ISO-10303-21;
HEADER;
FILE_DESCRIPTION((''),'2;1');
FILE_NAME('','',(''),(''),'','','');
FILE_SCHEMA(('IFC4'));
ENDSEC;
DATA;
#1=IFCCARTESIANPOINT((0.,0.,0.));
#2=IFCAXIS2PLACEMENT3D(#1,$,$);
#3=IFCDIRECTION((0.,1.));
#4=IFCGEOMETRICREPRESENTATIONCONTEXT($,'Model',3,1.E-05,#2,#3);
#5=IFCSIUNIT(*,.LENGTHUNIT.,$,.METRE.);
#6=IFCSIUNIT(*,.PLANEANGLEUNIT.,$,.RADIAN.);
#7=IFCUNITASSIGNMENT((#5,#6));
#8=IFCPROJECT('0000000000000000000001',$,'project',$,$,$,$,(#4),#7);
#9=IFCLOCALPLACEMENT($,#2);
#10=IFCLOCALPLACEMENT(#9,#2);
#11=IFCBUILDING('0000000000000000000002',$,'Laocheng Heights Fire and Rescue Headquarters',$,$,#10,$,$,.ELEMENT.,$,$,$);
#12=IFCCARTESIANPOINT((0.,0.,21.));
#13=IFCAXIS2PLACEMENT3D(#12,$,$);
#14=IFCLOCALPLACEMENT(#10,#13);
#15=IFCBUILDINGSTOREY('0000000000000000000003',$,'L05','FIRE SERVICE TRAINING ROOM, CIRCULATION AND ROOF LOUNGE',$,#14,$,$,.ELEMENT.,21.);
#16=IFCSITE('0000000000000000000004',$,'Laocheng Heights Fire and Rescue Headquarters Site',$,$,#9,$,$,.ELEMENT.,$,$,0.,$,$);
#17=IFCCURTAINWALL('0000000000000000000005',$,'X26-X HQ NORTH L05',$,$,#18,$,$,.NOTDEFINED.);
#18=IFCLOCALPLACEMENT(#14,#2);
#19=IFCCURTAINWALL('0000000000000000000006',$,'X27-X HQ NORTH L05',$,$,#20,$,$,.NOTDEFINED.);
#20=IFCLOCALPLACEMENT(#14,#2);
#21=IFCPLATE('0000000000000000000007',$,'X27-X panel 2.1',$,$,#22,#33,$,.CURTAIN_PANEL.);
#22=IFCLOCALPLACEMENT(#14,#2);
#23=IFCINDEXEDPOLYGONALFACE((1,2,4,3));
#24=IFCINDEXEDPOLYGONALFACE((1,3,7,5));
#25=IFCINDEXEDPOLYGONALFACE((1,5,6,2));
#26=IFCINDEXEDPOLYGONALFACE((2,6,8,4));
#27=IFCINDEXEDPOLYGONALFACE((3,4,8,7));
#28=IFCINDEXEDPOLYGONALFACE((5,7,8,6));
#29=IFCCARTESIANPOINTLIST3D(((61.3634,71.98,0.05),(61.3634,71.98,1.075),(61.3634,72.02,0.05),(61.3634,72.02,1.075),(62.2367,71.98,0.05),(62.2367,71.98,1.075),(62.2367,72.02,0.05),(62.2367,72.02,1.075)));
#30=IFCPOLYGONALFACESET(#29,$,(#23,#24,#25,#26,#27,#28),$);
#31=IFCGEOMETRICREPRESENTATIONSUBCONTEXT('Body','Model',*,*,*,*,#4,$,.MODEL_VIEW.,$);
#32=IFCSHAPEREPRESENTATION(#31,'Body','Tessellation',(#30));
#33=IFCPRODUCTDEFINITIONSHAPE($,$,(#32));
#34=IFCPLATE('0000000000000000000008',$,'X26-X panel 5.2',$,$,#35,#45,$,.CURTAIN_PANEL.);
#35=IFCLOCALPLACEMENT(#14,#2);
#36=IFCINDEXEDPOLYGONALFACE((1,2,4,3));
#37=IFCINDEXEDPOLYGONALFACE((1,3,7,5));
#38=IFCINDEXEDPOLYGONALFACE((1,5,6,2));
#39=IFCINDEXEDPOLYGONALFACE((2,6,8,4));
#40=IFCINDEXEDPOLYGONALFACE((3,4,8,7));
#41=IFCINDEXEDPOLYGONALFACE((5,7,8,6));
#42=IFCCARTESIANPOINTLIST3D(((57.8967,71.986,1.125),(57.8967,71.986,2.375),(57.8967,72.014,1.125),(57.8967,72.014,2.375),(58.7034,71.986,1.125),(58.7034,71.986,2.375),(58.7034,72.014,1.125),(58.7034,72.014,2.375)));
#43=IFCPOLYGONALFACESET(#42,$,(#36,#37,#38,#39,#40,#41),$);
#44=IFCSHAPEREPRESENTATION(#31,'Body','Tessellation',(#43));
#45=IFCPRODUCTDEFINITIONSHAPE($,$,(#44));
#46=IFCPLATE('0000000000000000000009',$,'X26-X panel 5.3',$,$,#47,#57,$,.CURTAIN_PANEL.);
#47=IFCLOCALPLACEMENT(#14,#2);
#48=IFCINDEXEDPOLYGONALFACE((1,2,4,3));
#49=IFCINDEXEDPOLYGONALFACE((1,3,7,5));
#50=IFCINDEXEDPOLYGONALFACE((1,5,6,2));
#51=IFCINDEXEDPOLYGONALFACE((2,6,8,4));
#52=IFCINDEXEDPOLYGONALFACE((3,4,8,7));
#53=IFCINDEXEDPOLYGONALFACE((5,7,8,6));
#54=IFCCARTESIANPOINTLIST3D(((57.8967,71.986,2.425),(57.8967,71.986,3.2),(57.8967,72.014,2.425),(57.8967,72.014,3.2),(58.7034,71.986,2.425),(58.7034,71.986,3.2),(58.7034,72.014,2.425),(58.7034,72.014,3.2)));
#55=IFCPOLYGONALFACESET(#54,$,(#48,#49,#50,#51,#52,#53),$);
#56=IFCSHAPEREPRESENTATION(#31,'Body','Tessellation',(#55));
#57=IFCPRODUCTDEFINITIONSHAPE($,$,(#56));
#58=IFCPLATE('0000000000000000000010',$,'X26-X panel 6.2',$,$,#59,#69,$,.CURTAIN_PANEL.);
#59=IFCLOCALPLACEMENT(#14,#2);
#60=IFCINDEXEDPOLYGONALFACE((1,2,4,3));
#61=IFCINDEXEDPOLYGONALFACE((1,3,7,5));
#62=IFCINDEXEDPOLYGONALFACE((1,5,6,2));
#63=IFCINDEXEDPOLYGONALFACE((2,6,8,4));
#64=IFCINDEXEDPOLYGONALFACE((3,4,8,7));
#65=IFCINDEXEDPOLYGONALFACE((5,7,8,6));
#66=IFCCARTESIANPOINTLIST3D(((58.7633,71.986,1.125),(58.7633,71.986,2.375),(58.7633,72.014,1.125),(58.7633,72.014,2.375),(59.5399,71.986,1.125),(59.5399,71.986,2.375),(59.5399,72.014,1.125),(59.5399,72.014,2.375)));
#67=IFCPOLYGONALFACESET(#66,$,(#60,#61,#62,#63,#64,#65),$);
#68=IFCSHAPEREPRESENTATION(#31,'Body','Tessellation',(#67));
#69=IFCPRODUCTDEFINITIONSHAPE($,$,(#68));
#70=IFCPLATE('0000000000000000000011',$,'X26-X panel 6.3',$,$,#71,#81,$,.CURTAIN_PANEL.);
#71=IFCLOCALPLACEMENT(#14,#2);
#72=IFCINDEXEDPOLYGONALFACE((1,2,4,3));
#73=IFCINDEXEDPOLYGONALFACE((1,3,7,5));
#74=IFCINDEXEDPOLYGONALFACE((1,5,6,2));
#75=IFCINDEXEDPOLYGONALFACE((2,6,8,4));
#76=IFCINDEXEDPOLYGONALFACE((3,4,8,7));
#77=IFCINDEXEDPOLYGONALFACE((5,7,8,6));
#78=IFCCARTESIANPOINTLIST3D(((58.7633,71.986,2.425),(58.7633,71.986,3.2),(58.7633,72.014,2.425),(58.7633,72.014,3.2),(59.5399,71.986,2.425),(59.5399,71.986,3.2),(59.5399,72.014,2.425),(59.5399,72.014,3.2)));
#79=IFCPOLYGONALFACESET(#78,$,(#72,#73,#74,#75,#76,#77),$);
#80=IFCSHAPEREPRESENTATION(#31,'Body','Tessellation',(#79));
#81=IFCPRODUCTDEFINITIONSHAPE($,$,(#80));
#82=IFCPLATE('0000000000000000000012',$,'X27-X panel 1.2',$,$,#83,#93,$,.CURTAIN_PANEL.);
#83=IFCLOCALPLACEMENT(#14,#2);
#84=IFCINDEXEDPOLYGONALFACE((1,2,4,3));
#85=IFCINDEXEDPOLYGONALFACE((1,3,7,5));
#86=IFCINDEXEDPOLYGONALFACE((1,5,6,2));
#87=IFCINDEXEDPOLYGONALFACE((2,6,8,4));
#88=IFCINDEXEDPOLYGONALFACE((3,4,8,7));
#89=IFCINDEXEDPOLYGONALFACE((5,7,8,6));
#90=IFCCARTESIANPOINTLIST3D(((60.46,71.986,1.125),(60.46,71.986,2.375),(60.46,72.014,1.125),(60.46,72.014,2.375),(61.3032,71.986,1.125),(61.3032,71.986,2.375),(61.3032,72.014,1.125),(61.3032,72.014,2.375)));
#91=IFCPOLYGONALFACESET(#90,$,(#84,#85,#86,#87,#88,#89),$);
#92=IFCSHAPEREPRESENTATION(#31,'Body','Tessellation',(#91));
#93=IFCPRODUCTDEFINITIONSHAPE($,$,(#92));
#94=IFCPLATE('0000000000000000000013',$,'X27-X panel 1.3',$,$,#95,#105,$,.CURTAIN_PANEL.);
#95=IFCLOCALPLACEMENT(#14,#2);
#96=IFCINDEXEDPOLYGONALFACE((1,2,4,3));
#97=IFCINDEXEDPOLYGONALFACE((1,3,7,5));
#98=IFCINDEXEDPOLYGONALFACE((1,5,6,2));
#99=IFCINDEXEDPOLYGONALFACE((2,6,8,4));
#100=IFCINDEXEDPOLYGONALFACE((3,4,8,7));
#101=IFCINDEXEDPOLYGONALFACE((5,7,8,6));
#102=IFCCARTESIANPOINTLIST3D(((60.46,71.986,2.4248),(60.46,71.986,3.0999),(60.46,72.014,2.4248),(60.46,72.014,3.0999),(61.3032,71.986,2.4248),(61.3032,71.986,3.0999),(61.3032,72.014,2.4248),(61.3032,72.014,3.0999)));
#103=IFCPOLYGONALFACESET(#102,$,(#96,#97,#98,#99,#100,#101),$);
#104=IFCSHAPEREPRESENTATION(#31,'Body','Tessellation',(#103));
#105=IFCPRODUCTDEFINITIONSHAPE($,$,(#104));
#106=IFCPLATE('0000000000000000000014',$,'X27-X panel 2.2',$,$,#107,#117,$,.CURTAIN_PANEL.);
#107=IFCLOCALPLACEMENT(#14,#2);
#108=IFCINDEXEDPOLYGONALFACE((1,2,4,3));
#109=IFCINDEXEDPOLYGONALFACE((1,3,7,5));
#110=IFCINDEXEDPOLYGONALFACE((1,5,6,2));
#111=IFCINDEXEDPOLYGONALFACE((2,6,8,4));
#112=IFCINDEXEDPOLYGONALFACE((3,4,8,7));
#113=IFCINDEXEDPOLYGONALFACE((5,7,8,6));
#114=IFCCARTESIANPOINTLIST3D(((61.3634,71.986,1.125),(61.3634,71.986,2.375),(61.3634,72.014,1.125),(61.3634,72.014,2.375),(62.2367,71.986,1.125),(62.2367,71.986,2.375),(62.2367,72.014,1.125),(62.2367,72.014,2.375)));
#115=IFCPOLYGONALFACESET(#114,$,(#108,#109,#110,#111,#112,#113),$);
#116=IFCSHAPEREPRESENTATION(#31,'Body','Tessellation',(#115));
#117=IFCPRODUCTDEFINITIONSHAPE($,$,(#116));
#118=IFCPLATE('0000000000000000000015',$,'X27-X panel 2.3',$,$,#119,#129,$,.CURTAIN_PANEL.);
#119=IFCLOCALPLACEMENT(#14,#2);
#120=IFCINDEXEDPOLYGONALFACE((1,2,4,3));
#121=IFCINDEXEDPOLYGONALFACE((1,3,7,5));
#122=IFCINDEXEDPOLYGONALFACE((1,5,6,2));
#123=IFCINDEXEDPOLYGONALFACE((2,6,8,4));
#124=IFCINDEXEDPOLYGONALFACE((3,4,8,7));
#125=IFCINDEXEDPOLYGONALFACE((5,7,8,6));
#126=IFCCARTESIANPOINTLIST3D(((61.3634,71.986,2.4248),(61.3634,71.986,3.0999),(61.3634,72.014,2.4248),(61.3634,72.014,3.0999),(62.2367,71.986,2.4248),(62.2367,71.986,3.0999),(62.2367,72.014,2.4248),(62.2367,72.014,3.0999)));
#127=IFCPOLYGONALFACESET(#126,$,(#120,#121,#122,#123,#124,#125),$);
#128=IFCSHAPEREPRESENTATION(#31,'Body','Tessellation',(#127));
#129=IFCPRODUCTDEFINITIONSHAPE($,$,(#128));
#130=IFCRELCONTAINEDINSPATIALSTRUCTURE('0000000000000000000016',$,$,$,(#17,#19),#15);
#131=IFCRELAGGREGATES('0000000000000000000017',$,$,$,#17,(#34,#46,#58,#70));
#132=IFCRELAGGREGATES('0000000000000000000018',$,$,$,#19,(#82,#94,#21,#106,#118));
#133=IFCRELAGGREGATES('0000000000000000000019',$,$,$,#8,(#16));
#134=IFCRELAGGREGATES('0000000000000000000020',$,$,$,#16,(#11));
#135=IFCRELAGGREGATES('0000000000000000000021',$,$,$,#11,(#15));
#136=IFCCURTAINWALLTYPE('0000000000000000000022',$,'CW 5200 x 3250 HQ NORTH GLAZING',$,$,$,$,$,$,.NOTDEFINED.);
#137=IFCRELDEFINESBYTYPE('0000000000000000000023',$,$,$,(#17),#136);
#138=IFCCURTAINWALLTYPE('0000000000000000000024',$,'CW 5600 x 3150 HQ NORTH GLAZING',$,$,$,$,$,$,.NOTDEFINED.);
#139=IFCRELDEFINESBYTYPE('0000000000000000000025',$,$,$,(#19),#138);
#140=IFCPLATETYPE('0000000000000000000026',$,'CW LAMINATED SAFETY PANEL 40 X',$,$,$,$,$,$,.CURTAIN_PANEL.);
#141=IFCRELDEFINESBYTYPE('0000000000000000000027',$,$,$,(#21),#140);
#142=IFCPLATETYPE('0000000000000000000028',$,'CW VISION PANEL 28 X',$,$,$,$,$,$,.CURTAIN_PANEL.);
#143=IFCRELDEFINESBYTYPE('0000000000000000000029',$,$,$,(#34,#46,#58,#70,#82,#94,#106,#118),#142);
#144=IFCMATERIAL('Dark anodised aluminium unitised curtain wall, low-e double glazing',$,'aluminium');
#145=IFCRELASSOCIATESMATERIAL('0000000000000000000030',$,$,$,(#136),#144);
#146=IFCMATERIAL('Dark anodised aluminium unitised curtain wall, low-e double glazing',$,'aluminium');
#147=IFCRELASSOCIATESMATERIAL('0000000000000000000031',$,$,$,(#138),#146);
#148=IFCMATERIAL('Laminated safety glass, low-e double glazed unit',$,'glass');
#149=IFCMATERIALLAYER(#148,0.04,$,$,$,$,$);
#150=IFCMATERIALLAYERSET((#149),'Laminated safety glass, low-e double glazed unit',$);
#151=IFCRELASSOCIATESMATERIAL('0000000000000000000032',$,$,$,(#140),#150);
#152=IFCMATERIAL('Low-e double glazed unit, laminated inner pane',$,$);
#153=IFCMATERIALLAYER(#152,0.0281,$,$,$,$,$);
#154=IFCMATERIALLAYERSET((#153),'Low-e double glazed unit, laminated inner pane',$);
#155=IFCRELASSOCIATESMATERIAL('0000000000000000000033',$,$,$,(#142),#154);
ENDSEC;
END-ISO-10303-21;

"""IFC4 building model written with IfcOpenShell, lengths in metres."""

from ifc_helpers import new_model, si_unit, direction, frame, origin, origin_2d, place, context, subcontext, project, spatial, rectangle, extrude, material, layer, layer_set, type_object, element, aggregate, save


model = new_model("IFC4")

# Units and contexts
model_context = context("Model", 3, precision=1e-05, world=origin(), true_north=direction((0.0, 1.0)))
body_context = subcontext(model_context, "Body", "Model", "MODEL_VIEW")
ifc_project = project(units=[si_unit("LENGTHUNIT", "METRE"), si_unit("PLANEANGLEUNIT", "RADIAN")], contexts=[model_context])

# Site, building, storey
site_placement = place(None, origin())
site = spatial("IfcSite", under=ifc_project, at=site_placement, Name="Laocheng Heights Fire and Rescue Headquarters Site", CompositionType="ELEMENT", RefElevation=0.0)
building_placement = place(site_placement, origin())
building = spatial("IfcBuilding", under=site, at=building_placement, Name="Laocheng Heights Fire and Rescue Headquarters", CompositionType="ELEMENT")
storey_placement = place(building_placement, frame((0.0, 0.0, 21.0)))
storey = spatial("IfcBuildingStorey", under=building, at=storey_placement, Name="L05", Description="FIRE SERVICE TRAINING ROOM, CIRCULATION AND ROOF LOUNGE", CompositionType="ELEMENT", Elevation=21.0)

# Curtain walls
ifc_material_1 = material(Name="Dark anodised aluminium unitised curtain wall, low-e double glazing", Category="aluminium")
curtain_wall_type_1 = type_object("IfcCurtainWallType", Name="CW 5200 x 3250 HQ NORTH GLAZING", PredefinedType="NOTDEFINED", material=ifc_material_1)
curtain_wall_1_placement = place(storey_placement, origin())
curtain_wall_1 = element("IfcCurtainWall", 1, at=curtain_wall_1_placement, inside=storey, type_object=curtain_wall_type_1, Name="X26-X HQ NORTH L05", PredefinedType="NOTDEFINED")
ifc_material_2 = material(Name="Dark anodised aluminium unitised curtain wall, low-e double glazing", Category="aluminium")
curtain_wall_type_2 = type_object("IfcCurtainWallType", Name="CW 5600 x 3150 HQ NORTH GLAZING", PredefinedType="NOTDEFINED", material=ifc_material_2)
curtain_wall_2_placement = place(storey_placement, origin())
curtain_wall_2 = element("IfcCurtainWall", 2, at=curtain_wall_2_placement, inside=storey, type_object=curtain_wall_type_2, Name="X27-X HQ NORTH L05", PredefinedType="NOTDEFINED")

# Plates
ifc_material_3 = material(Name="Laminated safety glass, low-e double glazed unit", Category="glass")
ifc_layer_1 = layer(ifc_material_3, 0.04)
ifc_layer_set_1 = layer_set([ifc_layer_1], Name="Laminated safety glass, low-e double glazed unit")
plate_type_1 = type_object("IfcPlateType", Name="CW LAMINATED SAFETY PANEL 40 X", PredefinedType="CURTAIN_PANEL", material=ifc_layer_set_1)
plate_1_placement = place(storey_placement, frame((61.8, 72.0, 0.05), z_axis=(0.0, 0.0, 1.0), x_axis=(1.0, 0.0, 0.0)))
plate_1 = element("IfcPlate", 3, at=plate_1_placement, type_object=plate_type_1, Name="X27-X panel 2.1", PredefinedType="CURTAIN_PANEL", context=body_context, shape_type="SweptSolid", body=[
    extrude(rectangle(XDim=0.8733, YDim=0.04, at=origin_2d()), origin(), (0.0, 0.0, 1.0), 1.0249),
])
ifc_material_4 = material(Name="Low-e double glazed unit, laminated inner pane")
ifc_layer_2 = layer(ifc_material_4, 0.0281)
ifc_layer_set_2 = layer_set([ifc_layer_2], Name="Low-e double glazed unit, laminated inner pane")
plate_type_2 = type_object("IfcPlateType", Name="CW VISION PANEL 28 X", PredefinedType="CURTAIN_PANEL", material=ifc_layer_set_2)
plate_2_placement = place(storey_placement, frame((58.3, 72.0, 1.125), z_axis=(0.0, 0.0, 1.0), x_axis=(1.0, 0.0, 0.0)))
plate_2 = element("IfcPlate", 4, at=plate_2_placement, type_object=plate_type_2, Name="X26-X panel 5.2", PredefinedType="CURTAIN_PANEL", context=body_context, shape_type="SweptSolid", body=[
    extrude(rectangle(XDim=0.8066, YDim=0.0281, at=origin_2d()), origin(), (0.0, 0.0, 1.0), 1.25),
])
plate_3_placement = place(storey_placement, frame((58.3, 72.0, 2.425), z_axis=(0.0, 0.0, 1.0), x_axis=(1.0, 0.0, 0.0)))
plate_3 = element("IfcPlate", 5, at=plate_3_placement, type_object=plate_type_2, Name="X26-X panel 5.3", PredefinedType="CURTAIN_PANEL", context=body_context, shape_type="SweptSolid", body=[
    extrude(rectangle(XDim=0.8066, YDim=0.0281, at=origin_2d()), origin(), (0.0, 0.0, 1.0), 0.7749),
])
plate_4_placement = place(storey_placement, frame((59.1516, 72.0, 1.125), z_axis=(0.0, 0.0, 1.0), x_axis=(1.0, 0.0, 0.0)))
plate_4 = element("IfcPlate", 6, at=plate_4_placement, type_object=plate_type_2, Name="X26-X panel 6.2", PredefinedType="CURTAIN_PANEL", context=body_context, shape_type="SweptSolid", body=[
    extrude(rectangle(XDim=0.7766, YDim=0.0281, at=origin_2d()), origin(), (0.0, 0.0, 1.0), 1.25),
])
plate_5_placement = place(storey_placement, frame((59.1516, 72.0, 2.425), z_axis=(0.0, 0.0, 1.0), x_axis=(1.0, 0.0, 0.0)))
plate_5 = element("IfcPlate", 7, at=plate_5_placement, type_object=plate_type_2, Name="X26-X panel 6.3", PredefinedType="CURTAIN_PANEL", context=body_context, shape_type="SweptSolid", body=[
    extrude(rectangle(XDim=0.7766, YDim=0.0281, at=origin_2d()), origin(), (0.0, 0.0, 1.0), 0.7749),
])
aggregate(curtain_wall_1, [plate_2, plate_3, plate_4, plate_5])
plate_6_placement = place(storey_placement, frame((60.8816, 72.0, 1.125), z_axis=(0.0, 0.0, 1.0), x_axis=(1.0, 0.0, 0.0)))
plate_6 = element("IfcPlate", 8, at=plate_6_placement, type_object=plate_type_2, Name="X27-X panel 1.2", PredefinedType="CURTAIN_PANEL", context=body_context, shape_type="SweptSolid", body=[
    extrude(rectangle(XDim=0.8433, YDim=0.0281, at=origin_2d()), origin(), (0.0, 0.0, 1.0), 1.25),
])
plate_7_placement = place(storey_placement, frame((60.8816, 72.0, 2.4248), z_axis=(0.0, 0.0, 1.0), x_axis=(1.0, 0.0, 0.0)))
plate_7 = element("IfcPlate", 9, at=plate_7_placement, type_object=plate_type_2, Name="X27-X panel 1.3", PredefinedType="CURTAIN_PANEL", context=body_context, shape_type="SweptSolid", body=[
    extrude(rectangle(XDim=0.8433, YDim=0.0281, at=origin_2d()), origin(), (0.0, 0.0, 1.0), 0.675),
])
plate_8_placement = place(storey_placement, frame((61.8, 72.0, 1.125), z_axis=(0.0, 0.0, 1.0), x_axis=(1.0, 0.0, 0.0)))
plate_8 = element("IfcPlate", 10, at=plate_8_placement, type_object=plate_type_2, Name="X27-X panel 2.2", PredefinedType="CURTAIN_PANEL", context=body_context, shape_type="SweptSolid", body=[
    extrude(rectangle(XDim=0.8733, YDim=0.0281, at=origin_2d()), origin(), (0.0, 0.0, 1.0), 1.25),
])
plate_9_placement = place(storey_placement, frame((61.8, 72.0, 2.4248), z_axis=(0.0, 0.0, 1.0), x_axis=(1.0, 0.0, 0.0)))
plate_9 = element("IfcPlate", 11, at=plate_9_placement, type_object=plate_type_2, Name="X27-X panel 2.3", PredefinedType="CURTAIN_PANEL", context=body_context, shape_type="SweptSolid", body=[
    extrude(rectangle(XDim=0.8733, YDim=0.0281, at=origin_2d()), origin(), (0.0, 0.0, 1.0), 0.675),
])
aggregate(curtain_wall_2, [plate_6, plate_7, plate_1, plate_8, plate_9])

save(model, "model.ifc")
